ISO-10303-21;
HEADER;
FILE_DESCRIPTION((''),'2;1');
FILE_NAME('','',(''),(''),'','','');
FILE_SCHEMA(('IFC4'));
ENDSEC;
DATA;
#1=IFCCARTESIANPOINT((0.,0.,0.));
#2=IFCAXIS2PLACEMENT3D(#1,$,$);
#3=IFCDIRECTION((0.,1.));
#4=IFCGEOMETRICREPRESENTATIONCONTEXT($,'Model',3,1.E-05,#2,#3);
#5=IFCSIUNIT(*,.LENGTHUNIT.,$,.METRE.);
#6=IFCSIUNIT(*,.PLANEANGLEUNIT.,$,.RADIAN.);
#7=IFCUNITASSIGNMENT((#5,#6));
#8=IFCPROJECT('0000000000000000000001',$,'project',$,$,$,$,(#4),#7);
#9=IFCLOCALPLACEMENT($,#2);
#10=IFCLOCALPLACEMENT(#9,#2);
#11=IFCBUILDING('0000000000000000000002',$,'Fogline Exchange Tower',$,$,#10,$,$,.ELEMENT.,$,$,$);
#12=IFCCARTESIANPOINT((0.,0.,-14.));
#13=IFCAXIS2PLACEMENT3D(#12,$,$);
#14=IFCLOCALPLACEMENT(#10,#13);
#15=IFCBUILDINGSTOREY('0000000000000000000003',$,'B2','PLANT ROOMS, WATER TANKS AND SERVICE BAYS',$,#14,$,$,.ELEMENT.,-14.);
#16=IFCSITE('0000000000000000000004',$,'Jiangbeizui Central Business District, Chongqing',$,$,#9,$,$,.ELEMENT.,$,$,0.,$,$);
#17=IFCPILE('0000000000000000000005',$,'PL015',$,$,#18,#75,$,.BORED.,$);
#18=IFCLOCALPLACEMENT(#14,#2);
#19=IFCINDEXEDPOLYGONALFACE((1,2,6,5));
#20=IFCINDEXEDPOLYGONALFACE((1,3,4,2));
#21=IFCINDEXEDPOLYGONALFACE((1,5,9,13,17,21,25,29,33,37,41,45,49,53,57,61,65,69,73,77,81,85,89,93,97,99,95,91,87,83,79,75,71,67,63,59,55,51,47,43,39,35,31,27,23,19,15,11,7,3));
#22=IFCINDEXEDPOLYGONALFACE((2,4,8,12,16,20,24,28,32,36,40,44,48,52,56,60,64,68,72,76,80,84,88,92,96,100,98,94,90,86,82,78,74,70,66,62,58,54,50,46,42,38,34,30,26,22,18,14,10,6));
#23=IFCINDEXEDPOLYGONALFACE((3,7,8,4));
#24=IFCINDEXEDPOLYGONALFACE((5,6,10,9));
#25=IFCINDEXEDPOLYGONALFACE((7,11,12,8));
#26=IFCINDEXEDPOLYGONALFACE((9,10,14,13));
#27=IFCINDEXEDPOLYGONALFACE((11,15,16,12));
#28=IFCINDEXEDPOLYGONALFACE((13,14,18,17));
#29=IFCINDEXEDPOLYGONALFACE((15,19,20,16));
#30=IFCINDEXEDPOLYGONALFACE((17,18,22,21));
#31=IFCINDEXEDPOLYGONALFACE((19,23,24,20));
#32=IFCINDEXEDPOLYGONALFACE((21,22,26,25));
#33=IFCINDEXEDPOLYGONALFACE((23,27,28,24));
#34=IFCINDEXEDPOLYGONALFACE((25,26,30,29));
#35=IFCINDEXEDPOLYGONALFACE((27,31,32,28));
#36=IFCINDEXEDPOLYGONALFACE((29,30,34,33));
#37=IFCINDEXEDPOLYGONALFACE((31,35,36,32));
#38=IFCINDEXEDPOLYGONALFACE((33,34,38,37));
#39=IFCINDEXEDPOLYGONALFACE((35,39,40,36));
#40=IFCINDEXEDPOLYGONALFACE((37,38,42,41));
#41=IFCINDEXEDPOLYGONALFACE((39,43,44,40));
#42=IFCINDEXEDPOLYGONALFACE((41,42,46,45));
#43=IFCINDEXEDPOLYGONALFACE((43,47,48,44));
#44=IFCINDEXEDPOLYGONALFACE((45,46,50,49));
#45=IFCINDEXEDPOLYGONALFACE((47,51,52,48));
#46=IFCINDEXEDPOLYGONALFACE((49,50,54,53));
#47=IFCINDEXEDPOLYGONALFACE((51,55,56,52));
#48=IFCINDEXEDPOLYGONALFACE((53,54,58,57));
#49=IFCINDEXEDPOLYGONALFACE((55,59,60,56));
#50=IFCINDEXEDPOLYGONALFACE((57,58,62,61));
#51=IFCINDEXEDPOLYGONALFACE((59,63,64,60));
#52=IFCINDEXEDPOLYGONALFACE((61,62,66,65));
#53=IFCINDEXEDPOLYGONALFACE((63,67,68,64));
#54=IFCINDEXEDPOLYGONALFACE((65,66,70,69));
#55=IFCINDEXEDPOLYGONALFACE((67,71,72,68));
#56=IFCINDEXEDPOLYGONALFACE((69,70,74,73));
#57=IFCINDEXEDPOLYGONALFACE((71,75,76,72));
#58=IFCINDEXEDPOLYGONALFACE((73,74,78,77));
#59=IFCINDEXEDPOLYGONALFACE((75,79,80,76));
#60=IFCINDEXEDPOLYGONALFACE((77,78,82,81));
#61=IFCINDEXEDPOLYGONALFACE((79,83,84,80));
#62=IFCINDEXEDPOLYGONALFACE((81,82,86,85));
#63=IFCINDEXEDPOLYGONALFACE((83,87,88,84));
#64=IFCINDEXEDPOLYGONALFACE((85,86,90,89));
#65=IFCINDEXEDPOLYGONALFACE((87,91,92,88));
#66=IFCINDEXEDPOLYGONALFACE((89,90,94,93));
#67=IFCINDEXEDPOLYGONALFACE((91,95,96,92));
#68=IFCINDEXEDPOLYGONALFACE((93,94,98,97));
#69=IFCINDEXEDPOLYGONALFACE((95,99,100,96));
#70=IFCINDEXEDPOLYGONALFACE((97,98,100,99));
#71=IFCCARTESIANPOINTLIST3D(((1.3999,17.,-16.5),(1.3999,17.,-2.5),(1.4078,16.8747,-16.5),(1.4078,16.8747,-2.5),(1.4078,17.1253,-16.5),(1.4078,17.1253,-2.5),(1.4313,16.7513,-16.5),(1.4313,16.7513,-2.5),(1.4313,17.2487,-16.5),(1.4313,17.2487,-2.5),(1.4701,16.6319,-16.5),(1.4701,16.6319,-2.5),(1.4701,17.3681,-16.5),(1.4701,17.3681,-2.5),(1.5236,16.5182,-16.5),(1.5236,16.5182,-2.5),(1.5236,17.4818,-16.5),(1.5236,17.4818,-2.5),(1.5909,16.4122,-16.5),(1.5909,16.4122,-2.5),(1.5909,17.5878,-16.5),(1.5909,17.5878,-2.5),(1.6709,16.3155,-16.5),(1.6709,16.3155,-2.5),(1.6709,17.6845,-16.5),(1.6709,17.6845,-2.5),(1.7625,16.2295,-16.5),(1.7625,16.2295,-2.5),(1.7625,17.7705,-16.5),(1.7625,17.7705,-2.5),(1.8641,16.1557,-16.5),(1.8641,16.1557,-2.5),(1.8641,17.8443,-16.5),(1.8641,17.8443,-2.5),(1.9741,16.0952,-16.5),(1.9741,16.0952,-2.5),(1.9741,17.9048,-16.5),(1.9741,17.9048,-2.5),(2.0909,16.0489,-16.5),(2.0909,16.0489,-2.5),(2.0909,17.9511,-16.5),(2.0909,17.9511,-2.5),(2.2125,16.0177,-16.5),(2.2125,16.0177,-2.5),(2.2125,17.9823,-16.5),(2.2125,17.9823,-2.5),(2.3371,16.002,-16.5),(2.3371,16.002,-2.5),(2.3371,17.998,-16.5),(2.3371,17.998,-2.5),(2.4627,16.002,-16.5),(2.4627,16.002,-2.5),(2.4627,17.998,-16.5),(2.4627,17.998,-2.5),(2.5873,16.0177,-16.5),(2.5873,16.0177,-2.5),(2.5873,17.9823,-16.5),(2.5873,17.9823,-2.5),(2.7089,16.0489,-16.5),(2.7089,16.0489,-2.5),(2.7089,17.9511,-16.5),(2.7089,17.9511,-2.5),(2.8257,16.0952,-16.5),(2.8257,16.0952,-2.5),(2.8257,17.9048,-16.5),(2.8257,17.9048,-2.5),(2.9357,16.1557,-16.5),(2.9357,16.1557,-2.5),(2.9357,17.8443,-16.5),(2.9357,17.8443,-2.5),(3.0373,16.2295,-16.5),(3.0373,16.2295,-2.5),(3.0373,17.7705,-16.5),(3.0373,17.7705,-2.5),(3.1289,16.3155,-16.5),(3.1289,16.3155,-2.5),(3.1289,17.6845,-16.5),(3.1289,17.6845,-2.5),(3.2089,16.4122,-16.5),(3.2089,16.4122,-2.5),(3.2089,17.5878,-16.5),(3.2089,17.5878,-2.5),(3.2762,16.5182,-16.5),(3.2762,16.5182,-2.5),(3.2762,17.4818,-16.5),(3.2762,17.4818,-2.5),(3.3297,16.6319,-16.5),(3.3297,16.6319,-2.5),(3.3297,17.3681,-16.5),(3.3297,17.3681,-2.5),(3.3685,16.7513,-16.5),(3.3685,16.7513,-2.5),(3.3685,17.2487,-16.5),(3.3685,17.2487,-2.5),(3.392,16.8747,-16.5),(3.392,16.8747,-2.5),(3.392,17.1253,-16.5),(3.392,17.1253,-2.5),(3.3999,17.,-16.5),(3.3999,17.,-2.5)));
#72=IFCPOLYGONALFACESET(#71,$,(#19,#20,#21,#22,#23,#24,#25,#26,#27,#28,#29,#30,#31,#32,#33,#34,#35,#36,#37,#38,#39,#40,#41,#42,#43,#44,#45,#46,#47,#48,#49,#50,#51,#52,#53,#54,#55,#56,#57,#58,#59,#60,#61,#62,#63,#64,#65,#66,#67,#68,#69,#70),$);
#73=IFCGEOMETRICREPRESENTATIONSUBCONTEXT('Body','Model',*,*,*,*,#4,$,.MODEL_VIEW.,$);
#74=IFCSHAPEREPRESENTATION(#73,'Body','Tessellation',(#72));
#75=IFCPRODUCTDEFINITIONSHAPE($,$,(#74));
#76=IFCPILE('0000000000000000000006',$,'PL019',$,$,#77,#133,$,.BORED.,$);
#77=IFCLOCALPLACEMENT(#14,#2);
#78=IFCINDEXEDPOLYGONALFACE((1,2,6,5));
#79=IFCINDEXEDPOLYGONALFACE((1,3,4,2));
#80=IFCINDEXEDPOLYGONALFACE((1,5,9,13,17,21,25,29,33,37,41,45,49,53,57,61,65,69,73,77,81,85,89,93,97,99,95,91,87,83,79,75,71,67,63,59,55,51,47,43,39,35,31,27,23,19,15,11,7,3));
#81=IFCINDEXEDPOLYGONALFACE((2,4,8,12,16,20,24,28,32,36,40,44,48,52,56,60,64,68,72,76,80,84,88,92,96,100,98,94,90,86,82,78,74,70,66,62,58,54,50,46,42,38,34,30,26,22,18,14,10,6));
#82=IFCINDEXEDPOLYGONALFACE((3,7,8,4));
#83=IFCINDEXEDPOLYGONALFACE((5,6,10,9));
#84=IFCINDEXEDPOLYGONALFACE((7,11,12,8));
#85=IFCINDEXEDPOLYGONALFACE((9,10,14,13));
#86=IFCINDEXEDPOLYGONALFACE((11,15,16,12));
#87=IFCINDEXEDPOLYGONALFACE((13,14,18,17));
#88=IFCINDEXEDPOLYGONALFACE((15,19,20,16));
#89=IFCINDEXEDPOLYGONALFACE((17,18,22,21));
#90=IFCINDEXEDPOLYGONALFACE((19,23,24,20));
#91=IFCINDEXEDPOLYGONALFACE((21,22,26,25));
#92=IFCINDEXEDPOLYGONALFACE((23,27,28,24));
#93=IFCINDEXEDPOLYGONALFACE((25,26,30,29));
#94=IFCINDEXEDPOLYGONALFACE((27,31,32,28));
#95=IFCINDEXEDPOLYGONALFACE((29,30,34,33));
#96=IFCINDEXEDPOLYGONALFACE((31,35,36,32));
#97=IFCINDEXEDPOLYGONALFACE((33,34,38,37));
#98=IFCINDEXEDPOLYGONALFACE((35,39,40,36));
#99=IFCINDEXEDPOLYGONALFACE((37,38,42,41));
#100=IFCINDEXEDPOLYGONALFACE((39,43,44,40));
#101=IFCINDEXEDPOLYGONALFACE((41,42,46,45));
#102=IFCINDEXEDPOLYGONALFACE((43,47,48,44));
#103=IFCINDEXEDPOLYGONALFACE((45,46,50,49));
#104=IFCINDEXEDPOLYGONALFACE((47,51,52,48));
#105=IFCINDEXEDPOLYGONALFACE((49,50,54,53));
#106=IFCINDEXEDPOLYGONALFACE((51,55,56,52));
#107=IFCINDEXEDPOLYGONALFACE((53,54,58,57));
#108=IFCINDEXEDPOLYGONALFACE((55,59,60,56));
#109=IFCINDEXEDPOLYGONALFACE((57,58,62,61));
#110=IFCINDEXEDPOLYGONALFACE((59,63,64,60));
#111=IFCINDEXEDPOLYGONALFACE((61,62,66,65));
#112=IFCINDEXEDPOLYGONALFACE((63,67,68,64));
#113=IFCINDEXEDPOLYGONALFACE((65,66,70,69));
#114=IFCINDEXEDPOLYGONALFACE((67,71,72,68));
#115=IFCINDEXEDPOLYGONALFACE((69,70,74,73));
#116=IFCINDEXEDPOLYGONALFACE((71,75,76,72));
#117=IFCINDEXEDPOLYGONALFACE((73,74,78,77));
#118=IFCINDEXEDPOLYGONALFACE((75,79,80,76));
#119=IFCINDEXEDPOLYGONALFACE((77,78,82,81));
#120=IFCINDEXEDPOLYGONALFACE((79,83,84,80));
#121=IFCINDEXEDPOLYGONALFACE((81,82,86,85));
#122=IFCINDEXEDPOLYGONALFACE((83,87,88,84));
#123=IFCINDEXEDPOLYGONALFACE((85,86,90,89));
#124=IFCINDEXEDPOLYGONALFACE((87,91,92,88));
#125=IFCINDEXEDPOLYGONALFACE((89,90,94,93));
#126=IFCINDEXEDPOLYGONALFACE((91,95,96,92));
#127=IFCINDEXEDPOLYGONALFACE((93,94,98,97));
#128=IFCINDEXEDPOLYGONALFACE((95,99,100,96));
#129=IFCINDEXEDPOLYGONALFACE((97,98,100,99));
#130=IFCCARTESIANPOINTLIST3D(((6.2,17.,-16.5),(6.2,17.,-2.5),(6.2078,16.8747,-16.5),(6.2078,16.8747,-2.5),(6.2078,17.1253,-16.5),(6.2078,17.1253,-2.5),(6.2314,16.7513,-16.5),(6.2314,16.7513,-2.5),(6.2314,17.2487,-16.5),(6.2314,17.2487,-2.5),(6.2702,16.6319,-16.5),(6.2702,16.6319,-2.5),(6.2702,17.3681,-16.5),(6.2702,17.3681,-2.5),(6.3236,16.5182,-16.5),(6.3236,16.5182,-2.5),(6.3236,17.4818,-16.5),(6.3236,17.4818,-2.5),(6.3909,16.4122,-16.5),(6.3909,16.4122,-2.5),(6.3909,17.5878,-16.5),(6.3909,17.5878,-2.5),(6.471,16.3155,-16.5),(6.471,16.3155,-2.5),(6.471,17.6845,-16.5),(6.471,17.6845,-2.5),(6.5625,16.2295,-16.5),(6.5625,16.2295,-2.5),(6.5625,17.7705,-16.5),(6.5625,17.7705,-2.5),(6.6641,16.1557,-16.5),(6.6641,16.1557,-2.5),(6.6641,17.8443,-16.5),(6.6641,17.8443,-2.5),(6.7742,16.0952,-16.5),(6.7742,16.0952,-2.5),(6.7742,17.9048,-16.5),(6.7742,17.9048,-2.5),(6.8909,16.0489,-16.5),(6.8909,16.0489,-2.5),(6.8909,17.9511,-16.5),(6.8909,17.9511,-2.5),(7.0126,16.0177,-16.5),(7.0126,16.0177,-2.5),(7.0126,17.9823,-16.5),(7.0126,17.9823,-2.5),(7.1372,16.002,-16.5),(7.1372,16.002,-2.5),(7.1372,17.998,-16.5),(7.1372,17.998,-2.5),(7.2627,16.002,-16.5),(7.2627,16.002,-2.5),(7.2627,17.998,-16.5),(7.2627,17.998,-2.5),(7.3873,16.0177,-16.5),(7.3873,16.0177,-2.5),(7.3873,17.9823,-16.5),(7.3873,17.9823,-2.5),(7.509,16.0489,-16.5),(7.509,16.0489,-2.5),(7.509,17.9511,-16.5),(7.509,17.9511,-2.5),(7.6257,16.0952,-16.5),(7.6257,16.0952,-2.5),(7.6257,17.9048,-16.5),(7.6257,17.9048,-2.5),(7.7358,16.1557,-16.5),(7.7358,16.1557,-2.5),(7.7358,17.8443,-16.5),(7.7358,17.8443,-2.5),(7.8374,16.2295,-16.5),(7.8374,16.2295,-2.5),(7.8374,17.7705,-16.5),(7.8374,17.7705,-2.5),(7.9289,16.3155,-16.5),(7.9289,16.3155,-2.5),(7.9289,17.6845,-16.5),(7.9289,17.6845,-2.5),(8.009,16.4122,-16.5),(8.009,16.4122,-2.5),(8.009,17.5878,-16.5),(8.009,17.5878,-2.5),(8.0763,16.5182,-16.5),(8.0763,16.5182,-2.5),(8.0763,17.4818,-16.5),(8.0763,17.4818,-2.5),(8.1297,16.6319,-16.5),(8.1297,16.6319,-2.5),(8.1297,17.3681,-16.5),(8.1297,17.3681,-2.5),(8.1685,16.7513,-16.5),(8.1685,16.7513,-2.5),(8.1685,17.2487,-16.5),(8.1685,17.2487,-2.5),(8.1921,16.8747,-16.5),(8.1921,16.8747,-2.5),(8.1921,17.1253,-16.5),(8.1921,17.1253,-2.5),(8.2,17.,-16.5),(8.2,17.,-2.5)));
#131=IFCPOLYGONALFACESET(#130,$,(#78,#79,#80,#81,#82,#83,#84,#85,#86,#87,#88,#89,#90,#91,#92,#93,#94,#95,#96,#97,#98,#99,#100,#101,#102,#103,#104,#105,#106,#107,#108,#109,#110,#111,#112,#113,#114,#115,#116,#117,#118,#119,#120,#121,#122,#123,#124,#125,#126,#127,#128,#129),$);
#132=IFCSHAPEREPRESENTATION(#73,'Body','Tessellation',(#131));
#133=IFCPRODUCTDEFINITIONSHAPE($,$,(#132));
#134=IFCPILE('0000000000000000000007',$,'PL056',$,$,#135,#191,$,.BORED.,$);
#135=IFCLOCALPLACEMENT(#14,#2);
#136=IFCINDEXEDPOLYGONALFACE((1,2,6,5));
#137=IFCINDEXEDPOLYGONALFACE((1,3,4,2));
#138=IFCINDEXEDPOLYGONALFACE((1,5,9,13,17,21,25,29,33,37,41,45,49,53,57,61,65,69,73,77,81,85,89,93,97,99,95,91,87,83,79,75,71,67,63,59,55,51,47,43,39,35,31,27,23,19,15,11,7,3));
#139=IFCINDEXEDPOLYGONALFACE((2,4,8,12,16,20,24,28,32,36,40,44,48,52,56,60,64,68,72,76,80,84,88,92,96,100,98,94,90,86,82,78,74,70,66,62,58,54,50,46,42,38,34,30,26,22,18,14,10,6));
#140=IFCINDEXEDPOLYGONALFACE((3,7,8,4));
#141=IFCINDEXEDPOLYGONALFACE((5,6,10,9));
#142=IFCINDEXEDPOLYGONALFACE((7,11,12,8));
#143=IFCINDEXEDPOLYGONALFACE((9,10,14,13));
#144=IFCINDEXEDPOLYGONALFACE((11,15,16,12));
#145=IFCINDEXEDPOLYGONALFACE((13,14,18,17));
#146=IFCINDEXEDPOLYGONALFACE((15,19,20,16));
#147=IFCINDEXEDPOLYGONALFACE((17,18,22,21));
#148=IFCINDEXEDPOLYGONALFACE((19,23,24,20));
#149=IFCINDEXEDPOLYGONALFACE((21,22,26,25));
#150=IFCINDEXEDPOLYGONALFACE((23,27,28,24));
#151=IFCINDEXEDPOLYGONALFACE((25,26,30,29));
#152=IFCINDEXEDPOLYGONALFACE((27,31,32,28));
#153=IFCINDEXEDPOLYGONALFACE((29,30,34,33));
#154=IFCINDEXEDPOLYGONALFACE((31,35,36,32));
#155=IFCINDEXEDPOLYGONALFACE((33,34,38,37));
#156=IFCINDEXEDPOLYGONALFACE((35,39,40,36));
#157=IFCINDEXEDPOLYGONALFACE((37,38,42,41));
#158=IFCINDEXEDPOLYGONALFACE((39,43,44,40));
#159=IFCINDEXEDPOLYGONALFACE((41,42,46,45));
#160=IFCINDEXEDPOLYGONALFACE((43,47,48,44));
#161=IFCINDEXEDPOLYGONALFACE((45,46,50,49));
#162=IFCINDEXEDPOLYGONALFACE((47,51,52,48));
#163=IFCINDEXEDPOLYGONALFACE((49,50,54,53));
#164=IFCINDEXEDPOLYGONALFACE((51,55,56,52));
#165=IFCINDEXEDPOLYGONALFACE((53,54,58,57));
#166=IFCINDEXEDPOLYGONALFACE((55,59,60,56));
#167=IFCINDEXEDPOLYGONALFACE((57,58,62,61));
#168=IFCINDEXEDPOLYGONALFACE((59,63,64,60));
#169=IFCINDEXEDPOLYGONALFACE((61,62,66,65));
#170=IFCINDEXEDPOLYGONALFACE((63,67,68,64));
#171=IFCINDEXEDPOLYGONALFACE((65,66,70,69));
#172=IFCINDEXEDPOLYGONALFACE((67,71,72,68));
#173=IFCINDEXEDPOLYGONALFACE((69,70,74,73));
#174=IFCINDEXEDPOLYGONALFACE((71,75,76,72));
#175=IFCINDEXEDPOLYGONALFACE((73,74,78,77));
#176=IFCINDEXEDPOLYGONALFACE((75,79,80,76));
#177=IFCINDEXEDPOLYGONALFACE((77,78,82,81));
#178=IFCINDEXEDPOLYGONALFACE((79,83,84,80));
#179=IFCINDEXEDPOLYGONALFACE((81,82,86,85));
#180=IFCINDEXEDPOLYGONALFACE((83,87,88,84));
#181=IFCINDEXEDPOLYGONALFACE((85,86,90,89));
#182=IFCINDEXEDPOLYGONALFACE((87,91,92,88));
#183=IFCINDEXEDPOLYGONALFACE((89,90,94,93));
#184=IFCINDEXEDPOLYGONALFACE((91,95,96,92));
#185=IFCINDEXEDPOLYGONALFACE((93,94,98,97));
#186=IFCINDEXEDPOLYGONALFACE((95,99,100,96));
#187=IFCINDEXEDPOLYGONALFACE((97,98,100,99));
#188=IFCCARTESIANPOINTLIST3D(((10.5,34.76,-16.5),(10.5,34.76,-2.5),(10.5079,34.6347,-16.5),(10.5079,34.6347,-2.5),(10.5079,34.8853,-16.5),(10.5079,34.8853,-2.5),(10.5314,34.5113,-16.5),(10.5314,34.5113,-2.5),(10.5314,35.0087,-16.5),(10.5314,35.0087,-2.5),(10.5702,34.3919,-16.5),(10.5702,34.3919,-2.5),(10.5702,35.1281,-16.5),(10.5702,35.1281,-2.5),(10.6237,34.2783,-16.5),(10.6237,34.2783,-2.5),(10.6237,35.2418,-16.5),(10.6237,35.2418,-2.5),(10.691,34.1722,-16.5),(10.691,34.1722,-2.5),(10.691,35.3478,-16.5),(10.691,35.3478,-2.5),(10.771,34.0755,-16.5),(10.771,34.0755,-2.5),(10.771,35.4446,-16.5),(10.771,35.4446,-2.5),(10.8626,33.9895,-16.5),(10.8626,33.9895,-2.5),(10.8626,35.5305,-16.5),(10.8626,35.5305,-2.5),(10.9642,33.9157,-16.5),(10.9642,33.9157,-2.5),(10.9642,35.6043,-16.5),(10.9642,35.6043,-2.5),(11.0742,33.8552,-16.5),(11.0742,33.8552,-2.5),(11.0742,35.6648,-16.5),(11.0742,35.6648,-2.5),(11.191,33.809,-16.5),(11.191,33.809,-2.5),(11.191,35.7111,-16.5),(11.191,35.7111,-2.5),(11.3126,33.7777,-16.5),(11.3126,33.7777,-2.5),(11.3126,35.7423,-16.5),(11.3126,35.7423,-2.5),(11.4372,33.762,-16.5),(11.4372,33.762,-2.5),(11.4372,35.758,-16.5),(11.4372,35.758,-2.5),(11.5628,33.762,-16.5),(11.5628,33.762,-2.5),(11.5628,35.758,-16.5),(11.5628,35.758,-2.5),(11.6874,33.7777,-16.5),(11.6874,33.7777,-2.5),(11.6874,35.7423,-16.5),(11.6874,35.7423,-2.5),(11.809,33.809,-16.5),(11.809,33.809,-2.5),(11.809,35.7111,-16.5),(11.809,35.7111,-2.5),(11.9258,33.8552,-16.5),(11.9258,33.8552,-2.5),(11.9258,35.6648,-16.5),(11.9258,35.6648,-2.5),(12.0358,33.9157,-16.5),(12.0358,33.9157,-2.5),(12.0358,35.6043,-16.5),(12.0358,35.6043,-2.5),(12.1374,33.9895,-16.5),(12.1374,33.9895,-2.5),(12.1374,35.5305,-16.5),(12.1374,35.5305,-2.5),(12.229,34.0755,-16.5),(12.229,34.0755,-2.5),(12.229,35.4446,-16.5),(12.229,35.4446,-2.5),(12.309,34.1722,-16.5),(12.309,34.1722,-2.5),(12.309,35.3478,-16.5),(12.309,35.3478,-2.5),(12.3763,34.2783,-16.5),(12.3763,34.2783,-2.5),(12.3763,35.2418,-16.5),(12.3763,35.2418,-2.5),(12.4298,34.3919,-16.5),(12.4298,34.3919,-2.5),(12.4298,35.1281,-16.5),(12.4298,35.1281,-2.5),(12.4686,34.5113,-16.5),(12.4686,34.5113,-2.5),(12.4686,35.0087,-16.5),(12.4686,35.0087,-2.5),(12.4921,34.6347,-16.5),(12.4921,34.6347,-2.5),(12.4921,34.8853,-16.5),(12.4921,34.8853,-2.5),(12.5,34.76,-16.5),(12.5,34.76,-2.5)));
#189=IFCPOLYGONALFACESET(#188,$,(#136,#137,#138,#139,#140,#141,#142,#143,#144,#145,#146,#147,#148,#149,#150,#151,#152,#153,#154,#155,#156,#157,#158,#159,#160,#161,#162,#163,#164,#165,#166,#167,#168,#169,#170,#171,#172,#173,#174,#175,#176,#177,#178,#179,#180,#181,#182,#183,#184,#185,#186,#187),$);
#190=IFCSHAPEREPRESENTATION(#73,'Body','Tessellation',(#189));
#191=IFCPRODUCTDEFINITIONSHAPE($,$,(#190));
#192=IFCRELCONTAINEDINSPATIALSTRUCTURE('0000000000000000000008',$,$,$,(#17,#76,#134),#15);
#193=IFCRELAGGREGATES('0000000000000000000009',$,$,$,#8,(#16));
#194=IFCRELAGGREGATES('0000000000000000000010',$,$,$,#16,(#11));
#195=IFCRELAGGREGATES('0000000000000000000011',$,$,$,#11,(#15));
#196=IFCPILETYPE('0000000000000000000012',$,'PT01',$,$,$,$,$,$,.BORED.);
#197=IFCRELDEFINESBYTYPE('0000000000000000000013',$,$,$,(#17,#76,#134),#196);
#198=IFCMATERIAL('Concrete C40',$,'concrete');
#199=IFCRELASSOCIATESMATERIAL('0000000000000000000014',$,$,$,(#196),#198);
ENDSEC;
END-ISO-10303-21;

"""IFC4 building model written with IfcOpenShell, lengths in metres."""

from ifc_helpers import new_model, si_unit, direction, frame, origin, origin_2d, place, context, subcontext, project, spatial, circle, extrude, material, material_profile, profile_set, type_object, element, save


model = new_model("IFC4")

# Units and contexts
model_context = context("Model", 3, precision=1e-05, world=origin(), true_north=direction((0.0, 1.0)))
body_context = subcontext(model_context, "Body", "Model", "MODEL_VIEW")
ifc_project = project(units=[si_unit("LENGTHUNIT", "METRE"), si_unit("PLANEANGLEUNIT", "RADIAN")], contexts=[model_context])

# Site, building, storey
site_placement = place(None, origin())
site = spatial("IfcSite", under=ifc_project, at=site_placement, Name="Jiangbeizui Central Business District, Chongqing", CompositionType="ELEMENT", RefElevation=0.0)
building_placement = place(site_placement, origin())
building = spatial("IfcBuilding", under=site, at=building_placement, Name="Fogline Exchange Tower", CompositionType="ELEMENT")
storey_placement = place(building_placement, frame((0.0, 0.0, -14.0)))
storey = spatial("IfcBuildingStorey", under=building, at=storey_placement, Name="B2", Description="PLANT ROOMS, WATER TANKS AND SERVICE BAYS", CompositionType="ELEMENT", Elevation=-14.0)

# Piles
ifc_material_1 = material(Name="Concrete C40", Category="concrete")
ifc_material_profile_1 = material_profile(ifc_material_1, circle(Radius=1.0, at=origin_2d()), Name="RC D2000")
ifc_profile_set_1 = profile_set([ifc_material_profile_1], Name="Concrete C40")
pile_type = type_object("IfcPileType", Name="PT01", PredefinedType="BORED", material=ifc_profile_set_1)
for number, where, z_axis, x_axis, name in (
    (1, (2.3999, 17.0, -2.5), (0.0, 0.0, -1.0), (1.0, 0.0, 0.0), "PL015"),
    (2, (7.2, 17.0, -2.5), (0.0, 0.0, -1.0), (1.0, 0.0, 0.0), "PL019"),
    (3, (11.5, 34.76, -2.5), (0.0, 0.0, -1.0), (1.0, 0.0, 0.0), "PL056"),
):
    element("IfcPile", number, at=place(storey_placement, frame(where, z_axis=z_axis, x_axis=x_axis)), inside=storey, type_object=pile_type, Name=name, PredefinedType="BORED", context=body_context, shape_type="SweptSolid", body=[
        extrude(circle(Radius=1.0, at=origin_2d()), origin(), (0.0, 0.0, 1.0), 14.0),
    ])

save(model, "model.ifc")
